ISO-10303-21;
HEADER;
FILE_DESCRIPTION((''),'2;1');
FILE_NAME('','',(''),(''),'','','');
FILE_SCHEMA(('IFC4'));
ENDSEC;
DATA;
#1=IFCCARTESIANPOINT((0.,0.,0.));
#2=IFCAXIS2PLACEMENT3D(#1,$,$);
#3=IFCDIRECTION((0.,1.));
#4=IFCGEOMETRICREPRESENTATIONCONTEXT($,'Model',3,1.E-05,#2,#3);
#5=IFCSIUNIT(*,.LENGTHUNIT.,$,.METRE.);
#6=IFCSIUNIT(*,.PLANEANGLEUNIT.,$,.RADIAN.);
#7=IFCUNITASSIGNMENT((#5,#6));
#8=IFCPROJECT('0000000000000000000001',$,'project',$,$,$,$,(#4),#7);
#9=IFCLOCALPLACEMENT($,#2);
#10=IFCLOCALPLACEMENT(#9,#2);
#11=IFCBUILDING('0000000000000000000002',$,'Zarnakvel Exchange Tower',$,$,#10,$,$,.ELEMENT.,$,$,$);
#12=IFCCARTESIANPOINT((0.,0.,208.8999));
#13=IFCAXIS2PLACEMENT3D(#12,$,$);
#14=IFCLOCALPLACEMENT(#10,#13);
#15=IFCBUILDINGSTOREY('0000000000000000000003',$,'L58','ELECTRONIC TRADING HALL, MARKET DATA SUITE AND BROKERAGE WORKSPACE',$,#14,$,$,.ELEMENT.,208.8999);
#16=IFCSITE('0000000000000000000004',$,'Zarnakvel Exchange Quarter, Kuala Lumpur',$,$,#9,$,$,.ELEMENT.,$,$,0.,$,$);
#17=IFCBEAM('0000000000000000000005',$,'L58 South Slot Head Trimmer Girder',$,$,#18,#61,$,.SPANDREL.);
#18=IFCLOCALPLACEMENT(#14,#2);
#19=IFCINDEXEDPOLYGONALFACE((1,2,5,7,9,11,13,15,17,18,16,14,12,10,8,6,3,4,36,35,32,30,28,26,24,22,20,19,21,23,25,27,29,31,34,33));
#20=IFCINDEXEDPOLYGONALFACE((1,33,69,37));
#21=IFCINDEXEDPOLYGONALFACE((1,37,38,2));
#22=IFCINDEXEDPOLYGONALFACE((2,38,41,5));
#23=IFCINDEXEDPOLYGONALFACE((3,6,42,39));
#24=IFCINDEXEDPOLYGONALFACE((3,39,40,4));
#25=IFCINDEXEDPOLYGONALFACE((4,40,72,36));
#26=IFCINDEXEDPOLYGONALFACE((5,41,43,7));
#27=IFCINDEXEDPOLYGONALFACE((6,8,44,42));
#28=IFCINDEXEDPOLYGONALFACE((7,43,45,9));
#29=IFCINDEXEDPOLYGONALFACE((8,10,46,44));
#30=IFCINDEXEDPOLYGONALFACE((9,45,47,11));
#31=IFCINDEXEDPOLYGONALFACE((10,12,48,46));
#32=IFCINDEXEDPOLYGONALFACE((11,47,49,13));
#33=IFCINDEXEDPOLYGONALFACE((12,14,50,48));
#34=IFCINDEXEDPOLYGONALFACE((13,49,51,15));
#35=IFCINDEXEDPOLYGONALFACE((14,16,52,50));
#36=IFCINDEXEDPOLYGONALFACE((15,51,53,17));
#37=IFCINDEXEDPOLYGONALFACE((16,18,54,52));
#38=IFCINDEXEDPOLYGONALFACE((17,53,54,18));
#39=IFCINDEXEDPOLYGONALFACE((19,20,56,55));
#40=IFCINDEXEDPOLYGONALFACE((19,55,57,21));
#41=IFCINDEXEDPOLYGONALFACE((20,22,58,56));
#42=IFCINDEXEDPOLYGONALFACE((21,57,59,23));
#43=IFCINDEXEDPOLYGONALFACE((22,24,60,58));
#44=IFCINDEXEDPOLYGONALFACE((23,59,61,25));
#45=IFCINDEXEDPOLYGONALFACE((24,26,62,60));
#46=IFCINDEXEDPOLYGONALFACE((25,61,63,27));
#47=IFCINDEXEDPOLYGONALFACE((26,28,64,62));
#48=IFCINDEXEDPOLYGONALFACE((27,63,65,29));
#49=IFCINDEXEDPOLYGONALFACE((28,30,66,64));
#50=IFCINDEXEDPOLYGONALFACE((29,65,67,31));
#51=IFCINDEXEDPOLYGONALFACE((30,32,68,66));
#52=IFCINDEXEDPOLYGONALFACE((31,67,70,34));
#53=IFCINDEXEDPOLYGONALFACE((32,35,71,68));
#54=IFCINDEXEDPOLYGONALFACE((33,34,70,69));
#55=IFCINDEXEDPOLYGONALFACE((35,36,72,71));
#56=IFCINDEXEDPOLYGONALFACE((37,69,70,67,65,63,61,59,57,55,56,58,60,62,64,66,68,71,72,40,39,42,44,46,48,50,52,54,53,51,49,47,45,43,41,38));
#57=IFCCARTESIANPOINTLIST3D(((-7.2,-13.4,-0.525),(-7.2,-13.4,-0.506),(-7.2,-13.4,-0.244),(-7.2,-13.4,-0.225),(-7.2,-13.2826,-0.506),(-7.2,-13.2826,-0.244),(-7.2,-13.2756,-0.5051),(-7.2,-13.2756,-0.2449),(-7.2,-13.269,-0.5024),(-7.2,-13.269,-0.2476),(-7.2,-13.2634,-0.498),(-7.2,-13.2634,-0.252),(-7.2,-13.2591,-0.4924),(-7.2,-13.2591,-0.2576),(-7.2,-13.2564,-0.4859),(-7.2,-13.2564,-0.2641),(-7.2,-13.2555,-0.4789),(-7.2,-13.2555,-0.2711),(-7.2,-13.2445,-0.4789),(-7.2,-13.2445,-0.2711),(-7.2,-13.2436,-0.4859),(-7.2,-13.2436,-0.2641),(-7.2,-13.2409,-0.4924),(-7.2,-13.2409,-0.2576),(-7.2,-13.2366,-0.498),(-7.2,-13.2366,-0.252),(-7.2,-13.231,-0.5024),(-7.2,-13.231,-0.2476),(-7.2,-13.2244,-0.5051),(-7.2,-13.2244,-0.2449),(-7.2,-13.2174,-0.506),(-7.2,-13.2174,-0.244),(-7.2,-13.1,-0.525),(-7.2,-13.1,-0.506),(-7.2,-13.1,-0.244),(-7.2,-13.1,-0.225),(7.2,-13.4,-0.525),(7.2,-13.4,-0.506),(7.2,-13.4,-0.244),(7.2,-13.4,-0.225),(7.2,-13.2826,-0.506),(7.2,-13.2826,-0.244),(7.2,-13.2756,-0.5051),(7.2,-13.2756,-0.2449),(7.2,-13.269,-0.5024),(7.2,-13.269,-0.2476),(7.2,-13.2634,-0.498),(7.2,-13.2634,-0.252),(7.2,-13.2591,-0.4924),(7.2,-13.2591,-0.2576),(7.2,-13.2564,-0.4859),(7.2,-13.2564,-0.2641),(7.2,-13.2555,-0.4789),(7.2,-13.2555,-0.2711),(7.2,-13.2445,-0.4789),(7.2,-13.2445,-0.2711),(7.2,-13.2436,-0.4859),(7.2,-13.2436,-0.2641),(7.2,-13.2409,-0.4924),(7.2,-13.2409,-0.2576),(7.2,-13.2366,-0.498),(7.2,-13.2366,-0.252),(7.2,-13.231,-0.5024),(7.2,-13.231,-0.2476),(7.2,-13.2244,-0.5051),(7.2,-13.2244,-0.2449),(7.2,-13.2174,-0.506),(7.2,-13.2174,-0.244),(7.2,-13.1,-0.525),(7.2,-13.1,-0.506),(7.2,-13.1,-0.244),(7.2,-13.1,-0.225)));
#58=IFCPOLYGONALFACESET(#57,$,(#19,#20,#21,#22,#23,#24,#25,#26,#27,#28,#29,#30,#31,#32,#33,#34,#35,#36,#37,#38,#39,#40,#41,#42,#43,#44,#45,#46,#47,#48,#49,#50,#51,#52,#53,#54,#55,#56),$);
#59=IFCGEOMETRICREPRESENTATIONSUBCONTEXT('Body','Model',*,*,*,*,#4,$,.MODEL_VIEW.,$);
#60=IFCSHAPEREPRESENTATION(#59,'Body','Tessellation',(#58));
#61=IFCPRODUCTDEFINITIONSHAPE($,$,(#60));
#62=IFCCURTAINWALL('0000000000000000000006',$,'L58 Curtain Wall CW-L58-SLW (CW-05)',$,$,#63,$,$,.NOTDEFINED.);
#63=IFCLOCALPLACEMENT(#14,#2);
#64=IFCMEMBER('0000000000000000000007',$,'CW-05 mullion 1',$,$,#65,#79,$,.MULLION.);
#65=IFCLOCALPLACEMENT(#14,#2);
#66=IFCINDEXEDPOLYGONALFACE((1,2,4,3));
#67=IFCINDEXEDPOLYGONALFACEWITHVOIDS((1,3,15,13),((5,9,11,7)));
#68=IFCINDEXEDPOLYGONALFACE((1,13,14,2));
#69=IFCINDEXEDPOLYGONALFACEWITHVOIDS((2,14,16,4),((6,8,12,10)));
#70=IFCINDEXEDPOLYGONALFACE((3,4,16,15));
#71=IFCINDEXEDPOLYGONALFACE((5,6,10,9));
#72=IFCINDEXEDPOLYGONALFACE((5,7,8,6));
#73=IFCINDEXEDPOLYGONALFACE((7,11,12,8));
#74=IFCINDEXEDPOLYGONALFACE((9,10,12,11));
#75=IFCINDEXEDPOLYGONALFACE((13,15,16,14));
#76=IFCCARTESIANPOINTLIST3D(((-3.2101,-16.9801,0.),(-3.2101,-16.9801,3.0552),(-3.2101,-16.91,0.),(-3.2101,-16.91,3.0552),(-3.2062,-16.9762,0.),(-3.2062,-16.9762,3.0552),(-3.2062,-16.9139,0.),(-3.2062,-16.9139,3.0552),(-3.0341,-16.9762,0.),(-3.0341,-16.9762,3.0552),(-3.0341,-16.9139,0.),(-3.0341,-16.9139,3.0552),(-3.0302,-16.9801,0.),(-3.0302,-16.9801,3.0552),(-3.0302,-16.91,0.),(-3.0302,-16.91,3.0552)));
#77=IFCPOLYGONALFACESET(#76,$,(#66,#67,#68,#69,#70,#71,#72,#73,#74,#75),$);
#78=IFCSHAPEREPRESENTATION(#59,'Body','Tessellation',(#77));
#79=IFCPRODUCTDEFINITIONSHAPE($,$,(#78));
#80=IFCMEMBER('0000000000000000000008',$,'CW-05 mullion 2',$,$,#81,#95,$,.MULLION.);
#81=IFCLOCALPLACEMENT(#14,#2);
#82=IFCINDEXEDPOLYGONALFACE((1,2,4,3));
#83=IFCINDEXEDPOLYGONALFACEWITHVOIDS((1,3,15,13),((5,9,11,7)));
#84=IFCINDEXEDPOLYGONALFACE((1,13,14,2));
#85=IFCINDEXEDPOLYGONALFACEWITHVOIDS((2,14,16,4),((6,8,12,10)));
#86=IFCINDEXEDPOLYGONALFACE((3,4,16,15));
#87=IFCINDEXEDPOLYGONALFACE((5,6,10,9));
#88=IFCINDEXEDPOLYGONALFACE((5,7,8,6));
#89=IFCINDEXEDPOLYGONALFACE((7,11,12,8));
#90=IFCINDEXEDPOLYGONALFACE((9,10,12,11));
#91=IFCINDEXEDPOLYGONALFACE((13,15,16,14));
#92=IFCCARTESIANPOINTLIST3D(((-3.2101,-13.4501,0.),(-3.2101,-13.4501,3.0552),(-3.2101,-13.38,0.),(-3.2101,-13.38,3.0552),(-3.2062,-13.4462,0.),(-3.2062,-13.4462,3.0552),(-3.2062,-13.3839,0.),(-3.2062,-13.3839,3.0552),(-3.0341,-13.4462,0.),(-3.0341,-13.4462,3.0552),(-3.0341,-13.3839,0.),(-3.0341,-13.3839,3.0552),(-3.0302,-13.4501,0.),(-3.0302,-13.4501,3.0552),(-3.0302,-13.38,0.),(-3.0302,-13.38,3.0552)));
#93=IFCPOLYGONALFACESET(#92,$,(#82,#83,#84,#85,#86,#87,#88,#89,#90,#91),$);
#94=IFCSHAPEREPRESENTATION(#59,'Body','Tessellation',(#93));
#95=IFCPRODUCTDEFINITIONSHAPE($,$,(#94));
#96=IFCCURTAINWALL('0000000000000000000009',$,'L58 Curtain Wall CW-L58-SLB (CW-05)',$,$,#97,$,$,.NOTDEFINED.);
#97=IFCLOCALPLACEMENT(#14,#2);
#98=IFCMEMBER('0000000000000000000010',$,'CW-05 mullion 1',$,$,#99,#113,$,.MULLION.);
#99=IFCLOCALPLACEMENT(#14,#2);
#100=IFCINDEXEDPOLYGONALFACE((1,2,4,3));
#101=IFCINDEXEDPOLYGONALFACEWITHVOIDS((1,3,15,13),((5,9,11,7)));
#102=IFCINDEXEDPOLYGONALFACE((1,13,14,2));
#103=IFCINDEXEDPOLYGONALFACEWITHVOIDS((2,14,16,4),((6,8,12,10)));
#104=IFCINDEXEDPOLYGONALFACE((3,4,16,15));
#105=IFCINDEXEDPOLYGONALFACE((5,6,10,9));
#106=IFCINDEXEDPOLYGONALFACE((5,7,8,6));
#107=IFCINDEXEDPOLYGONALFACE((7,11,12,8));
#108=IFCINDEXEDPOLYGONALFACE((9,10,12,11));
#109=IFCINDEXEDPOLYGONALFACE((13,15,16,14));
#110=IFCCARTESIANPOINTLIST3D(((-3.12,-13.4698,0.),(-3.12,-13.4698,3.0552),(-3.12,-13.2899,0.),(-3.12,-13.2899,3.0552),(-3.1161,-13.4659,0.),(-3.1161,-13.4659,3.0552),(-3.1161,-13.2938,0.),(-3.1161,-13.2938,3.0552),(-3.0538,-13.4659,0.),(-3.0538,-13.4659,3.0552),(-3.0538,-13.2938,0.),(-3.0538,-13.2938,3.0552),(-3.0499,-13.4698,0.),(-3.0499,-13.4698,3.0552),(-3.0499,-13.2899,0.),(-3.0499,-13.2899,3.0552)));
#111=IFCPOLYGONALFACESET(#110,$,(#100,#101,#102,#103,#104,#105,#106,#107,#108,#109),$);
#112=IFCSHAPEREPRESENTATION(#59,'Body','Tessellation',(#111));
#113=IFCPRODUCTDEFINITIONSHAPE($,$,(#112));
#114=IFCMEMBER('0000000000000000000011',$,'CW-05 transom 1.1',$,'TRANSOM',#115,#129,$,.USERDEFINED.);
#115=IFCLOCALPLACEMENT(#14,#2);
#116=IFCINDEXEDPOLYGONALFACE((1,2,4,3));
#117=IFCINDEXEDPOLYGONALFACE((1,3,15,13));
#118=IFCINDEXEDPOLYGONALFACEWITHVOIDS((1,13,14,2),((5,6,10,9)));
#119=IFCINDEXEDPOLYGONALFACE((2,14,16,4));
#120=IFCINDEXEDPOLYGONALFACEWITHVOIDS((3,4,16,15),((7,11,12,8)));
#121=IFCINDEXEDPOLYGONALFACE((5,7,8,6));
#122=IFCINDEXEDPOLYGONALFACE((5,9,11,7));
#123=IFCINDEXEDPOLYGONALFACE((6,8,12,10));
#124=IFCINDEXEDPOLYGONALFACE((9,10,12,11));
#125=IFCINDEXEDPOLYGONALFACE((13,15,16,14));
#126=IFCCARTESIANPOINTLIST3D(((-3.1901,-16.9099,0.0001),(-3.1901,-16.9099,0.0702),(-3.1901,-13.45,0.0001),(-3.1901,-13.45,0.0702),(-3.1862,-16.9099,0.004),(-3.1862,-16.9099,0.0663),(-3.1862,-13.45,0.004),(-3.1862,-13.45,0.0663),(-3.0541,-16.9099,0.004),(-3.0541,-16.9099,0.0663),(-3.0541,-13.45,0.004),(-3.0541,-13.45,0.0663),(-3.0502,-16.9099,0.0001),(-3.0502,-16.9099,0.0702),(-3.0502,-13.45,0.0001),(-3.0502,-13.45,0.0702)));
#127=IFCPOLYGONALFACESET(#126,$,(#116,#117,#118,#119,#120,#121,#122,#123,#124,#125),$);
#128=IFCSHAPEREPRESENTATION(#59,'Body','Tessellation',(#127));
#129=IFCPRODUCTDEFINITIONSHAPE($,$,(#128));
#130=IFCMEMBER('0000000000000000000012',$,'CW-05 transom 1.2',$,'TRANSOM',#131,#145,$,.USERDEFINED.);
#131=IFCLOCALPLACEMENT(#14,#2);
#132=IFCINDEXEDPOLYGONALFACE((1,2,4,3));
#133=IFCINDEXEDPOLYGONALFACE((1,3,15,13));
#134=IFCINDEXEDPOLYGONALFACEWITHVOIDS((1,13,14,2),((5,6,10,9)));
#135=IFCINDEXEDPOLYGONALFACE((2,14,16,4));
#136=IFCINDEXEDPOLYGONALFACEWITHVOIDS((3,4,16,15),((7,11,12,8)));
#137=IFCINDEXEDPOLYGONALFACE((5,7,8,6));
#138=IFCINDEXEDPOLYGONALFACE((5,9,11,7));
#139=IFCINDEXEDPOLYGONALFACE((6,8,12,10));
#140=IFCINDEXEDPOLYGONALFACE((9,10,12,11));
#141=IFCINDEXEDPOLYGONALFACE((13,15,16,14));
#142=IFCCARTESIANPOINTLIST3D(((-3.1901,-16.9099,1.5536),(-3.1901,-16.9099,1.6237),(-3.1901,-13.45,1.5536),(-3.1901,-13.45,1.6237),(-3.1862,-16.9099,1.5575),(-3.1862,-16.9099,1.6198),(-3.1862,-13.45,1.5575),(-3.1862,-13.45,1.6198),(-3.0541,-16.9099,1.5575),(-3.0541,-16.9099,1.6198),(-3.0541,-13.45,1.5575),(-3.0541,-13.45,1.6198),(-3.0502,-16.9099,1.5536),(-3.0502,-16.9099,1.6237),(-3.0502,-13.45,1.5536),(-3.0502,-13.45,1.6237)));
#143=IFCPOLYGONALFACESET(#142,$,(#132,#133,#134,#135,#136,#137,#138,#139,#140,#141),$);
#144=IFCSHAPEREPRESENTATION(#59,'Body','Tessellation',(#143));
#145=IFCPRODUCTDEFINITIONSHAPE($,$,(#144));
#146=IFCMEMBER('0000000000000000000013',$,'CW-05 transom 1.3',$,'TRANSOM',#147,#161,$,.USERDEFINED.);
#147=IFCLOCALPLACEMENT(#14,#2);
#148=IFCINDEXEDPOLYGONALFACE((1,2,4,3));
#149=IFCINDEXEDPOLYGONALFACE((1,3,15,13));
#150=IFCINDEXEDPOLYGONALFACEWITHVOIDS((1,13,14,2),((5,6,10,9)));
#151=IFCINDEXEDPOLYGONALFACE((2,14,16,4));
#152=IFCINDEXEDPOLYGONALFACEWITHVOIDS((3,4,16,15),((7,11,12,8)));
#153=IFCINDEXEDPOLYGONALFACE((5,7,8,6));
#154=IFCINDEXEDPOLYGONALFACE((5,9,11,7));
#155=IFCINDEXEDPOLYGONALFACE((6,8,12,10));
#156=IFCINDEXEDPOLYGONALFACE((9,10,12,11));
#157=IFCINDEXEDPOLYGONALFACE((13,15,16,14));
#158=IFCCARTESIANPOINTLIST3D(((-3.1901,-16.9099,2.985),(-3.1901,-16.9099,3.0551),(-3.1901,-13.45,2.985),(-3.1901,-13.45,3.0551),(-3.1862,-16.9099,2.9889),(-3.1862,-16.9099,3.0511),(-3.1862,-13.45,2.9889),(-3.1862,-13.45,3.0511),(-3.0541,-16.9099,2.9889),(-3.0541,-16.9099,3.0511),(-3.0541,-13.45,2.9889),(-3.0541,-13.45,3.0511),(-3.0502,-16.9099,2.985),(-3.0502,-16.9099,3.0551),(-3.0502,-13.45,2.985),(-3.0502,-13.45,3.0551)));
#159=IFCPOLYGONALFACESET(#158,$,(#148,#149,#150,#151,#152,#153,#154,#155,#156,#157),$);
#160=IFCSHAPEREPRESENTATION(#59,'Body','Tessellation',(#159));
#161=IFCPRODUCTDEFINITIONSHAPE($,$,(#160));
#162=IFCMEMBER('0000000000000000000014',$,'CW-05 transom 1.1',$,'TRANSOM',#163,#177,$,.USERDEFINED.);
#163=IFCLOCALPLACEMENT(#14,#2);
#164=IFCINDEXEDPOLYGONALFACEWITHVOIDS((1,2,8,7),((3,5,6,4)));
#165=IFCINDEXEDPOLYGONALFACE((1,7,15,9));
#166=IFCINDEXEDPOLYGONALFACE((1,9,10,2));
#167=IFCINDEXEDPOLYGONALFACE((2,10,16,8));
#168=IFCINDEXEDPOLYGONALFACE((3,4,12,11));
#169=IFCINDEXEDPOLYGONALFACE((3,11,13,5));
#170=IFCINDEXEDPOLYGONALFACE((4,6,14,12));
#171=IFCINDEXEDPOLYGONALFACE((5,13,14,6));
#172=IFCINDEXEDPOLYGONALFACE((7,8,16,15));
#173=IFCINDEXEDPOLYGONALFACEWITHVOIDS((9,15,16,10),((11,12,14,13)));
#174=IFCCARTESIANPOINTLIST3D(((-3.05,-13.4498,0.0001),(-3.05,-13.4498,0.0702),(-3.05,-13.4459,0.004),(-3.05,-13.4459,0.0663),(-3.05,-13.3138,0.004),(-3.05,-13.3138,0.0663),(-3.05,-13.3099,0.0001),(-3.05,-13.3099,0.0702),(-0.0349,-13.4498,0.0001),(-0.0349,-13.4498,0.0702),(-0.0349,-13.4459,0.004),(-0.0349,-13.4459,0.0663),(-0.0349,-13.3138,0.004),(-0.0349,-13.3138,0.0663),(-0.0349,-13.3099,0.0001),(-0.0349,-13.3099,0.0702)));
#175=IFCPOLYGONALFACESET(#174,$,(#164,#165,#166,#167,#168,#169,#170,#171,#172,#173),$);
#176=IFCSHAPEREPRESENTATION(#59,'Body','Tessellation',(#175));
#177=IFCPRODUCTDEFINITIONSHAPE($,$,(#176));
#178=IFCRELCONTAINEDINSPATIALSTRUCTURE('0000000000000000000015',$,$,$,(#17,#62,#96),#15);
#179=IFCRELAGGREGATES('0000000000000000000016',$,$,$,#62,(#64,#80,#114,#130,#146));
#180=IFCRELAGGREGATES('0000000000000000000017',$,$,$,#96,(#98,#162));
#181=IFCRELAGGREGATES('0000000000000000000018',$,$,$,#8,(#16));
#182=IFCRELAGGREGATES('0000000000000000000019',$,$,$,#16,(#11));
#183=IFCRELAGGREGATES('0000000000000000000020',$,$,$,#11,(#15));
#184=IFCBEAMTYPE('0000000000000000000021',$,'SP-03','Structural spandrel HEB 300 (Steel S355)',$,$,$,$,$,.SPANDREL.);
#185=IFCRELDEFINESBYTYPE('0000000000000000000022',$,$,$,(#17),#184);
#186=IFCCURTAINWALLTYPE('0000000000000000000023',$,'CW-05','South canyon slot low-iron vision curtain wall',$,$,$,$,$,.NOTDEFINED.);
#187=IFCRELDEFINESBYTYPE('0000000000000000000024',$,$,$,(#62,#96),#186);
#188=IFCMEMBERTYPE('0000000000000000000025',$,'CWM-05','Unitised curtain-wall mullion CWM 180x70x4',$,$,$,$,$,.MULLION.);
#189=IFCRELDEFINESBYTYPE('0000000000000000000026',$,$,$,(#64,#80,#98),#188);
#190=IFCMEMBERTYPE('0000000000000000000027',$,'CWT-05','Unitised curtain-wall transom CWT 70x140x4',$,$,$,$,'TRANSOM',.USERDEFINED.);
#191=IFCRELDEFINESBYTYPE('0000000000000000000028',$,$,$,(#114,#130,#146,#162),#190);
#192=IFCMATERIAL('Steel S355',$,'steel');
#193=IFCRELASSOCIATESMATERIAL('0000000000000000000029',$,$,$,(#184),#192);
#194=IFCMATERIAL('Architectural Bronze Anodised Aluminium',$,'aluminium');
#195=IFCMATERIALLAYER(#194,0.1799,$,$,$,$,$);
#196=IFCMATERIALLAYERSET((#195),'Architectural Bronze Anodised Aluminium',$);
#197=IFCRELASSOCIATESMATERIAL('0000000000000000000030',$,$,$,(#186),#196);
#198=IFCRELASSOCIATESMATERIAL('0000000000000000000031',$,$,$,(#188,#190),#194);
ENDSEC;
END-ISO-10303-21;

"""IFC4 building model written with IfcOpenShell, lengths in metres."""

from ifc_helpers import new_model, si_unit, direction, frame, origin, origin_2d, place, context, subcontext, project, spatial, hollow_rectangle, i_section, extrude, source, transform, mapped, material, layer, layer_set, material_profile, profile_set, type_object, element, aggregate, save


model = new_model("IFC4")

# Units and contexts
model_context = context("Model", 3, precision=1e-05, world=origin(), true_north=direction((0.0, 1.0)))
body_context = subcontext(model_context, "Body", "Model", "MODEL_VIEW")
ifc_project = project(units=[si_unit("LENGTHUNIT", "METRE"), si_unit("PLANEANGLEUNIT", "RADIAN")], contexts=[model_context])

# Site, building, storey
site_placement = place(None, origin())
site = spatial("IfcSite", under=ifc_project, at=site_placement, Name="Zarnakvel Exchange Quarter, Kuala Lumpur", CompositionType="ELEMENT", RefElevation=0.0)
building_placement = place(site_placement, origin())
building = spatial("IfcBuilding", under=site, at=building_placement, Name="Zarnakvel Exchange Tower", CompositionType="ELEMENT")
storey_placement = place(building_placement, frame((0.0, 0.0, 208.8999)))
storey = spatial("IfcBuildingStorey", under=building, at=storey_placement, Name="L58", Description="ELECTRONIC TRADING HALL, MARKET DATA SUITE AND BROKERAGE WORKSPACE", CompositionType="ELEMENT", Elevation=208.8999)

# Beam
ifc_material_1 = material(Name="Steel S355", Category="steel")
ifc_material_profile_1 = material_profile(ifc_material_1, i_section(OverallWidth=0.3, OverallDepth=0.3, WebThickness=0.011, FlangeThickness=0.019, FilletRadius=0.0271, at=origin_2d()))
ifc_profile_set_1 = profile_set([ifc_material_profile_1], Name="Steel S355")
beam_type_1 = type_object("IfcBeamType", Name="SP-03", Description="Structural spandrel HEB 300 (Steel S355)", PredefinedType="SPANDREL", material=ifc_profile_set_1)
beam_1_placement = place(storey_placement, frame((-7.2, -13.25, -0.375), z_axis=(1.0, 0.0, 0.0), x_axis=(0.0, 1.0, 0.0)))
element("IfcBeam", 1, at=beam_1_placement, inside=storey, type_object=beam_type_1, Name="L58 South Slot Head Trimmer Girder", PredefinedType="SPANDREL", context=body_context, shape_type="SweptSolid", body=[
    extrude(i_section(OverallWidth=0.3, OverallDepth=0.3, WebThickness=0.011, FlangeThickness=0.019, FilletRadius=0.0271, at=origin_2d()), origin(), (0.0, 0.0, 1.0), 14.3999),
])

# Curtain wall, members
ifc_material_2 = material(Name="Architectural Bronze Anodised Aluminium", Category="aluminium")
ifc_layer_1 = layer(ifc_material_2, 0.1799)
ifc_layer_set_1 = layer_set([ifc_layer_1], Name="Architectural Bronze Anodised Aluminium")
curtain_wall_type = type_object("IfcCurtainWallType", Name="CW-05", Description="South canyon slot low-iron vision curtain wall", PredefinedType="NOTDEFINED", material=ifc_layer_set_1)
curtain_wall_1_placement = place(storey_placement, origin())
curtain_wall_1 = element("IfcCurtainWall", 2, at=curtain_wall_1_placement, inside=storey, type_object=curtain_wall_type, Name="L58 Curtain Wall CW-L58-SLW (CW-05)", PredefinedType="NOTDEFINED")
ifc_material_profile_2 = material_profile(ifc_material_2, hollow_rectangle(XDim=0.1799, YDim=0.0701, WallThickness=0.0039, at=origin_2d()))
ifc_profile_set_2 = profile_set([ifc_material_profile_2], Name="Architectural Bronze Anodised Aluminium")
member_type_1 = type_object("IfcMemberType", Name="CWM-05", Description="Unitised curtain-wall mullion CWM 180x70x4", PredefinedType="MULLION", material=ifc_profile_set_2)
shared_shape_1 = source(origin(), body_context, "Body", "SweptSolid", [
    extrude(hollow_rectangle(XDim=0.1799, YDim=0.0701, WallThickness=0.0039, at=origin_2d()), origin(), (0.0, 0.0, 1.0), 3.0552),
])
member_1_placement = place(storey_placement, frame((-3.1201, -16.9451, 0.0), z_axis=(0.0, 0.0, 1.0), x_axis=(-1.0, 0.0, 0.0)))
member_1 = element("IfcMember", 3, at=member_1_placement, type_object=member_type_1, Name="CW-05 mullion 1", PredefinedType="MULLION", context=body_context, shape_type="MappedRepresentation", body=[
    mapped(shared_shape_1, transform((0.0, 0.0, 0.0), x_axis=(1.0, 0.0, 0.0), y_axis=(0.0, 1.0, 0.0), z_axis=(0.0, 0.0, 1.0), scale=1.0)),
])
member_2_placement = place(storey_placement, frame((-3.1201, -13.415, 0.0), z_axis=(0.0, 0.0, 1.0), x_axis=(-1.0, 0.0, 0.0)))
member_2 = element("IfcMember", 4, at=member_2_placement, type_object=member_type_1, Name="CW-05 mullion 2", PredefinedType="MULLION", context=body_context, shape_type="MappedRepresentation", body=[
    mapped(shared_shape_1, transform((0.0, 0.0, 0.0), x_axis=(1.0, 0.0, 0.0), y_axis=(0.0, 1.0, 0.0), z_axis=(0.0, 0.0, 1.0), scale=1.0)),
])

# Curtain wall, member
curtain_wall_2_placement = place(storey_placement, origin())
curtain_wall_2 = element("IfcCurtainWall", 5, at=curtain_wall_2_placement, inside=storey, type_object=curtain_wall_type, Name="L58 Curtain Wall CW-L58-SLB (CW-05)", PredefinedType="NOTDEFINED")
member_3_placement = place(storey_placement, frame((-3.085, -13.3799, 0.0), z_axis=(0.0, 0.0, 1.0), x_axis=(0.0, 1.0, 0.0)))
member_3 = element("IfcMember", 6, at=member_3_placement, type_object=member_type_1, Name="CW-05 mullion 1", PredefinedType="MULLION", context=body_context, shape_type="MappedRepresentation", body=[
    mapped(shared_shape_1, transform((0.0, 0.0, 0.0), x_axis=(1.0, 0.0, 0.0), y_axis=(0.0, 1.0, 0.0), z_axis=(0.0, 0.0, 1.0), scale=1.0)),
])

# Members
ifc_material_profile_3 = material_profile(ifc_material_2, hollow_rectangle(XDim=0.1399, YDim=0.0701, WallThickness=0.0039, at=origin_2d()))
ifc_profile_set_3 = profile_set([ifc_material_profile_3], Name="Architectural Bronze Anodised Aluminium")
member_type_2 = type_object("IfcMemberType", Name="CWT-05", Description="Unitised curtain-wall transom CWT 70x140x4", ElementType="TRANSOM", PredefinedType="USERDEFINED", material=ifc_profile_set_3)
shared_shape_2 = source(origin(), body_context, "Body", "SweptSolid", [
    extrude(hollow_rectangle(XDim=0.1399, YDim=0.0701, WallThickness=0.0039, at=origin_2d()), origin(), (0.0, 0.0, 1.0), 3.46),
])
member_4_placement = place(storey_placement, frame((-3.1201, -16.9099, 0.0352), z_axis=(0.0, 1.0, 0.0), x_axis=(-1.0, 0.0, 0.0)))
member_4 = element("IfcMember", 7, at=member_4_placement, type_object=member_type_2, Name="CW-05 transom 1.1", ObjectType="TRANSOM", PredefinedType="USERDEFINED", context=body_context, shape_type="MappedRepresentation", body=[
    mapped(shared_shape_2, transform((0.0, 0.0, 0.0), x_axis=(1.0, 0.0, 0.0), y_axis=(0.0, 1.0, 0.0), z_axis=(0.0, 0.0, 1.0), scale=1.0)),
])
member_5_placement = place(storey_placement, frame((-3.1201, -16.9099, 1.5886), z_axis=(0.0, 1.0, 0.0), x_axis=(-1.0, 0.0, 0.0)))
member_5 = element("IfcMember", 8, at=member_5_placement, type_object=member_type_2, Name="CW-05 transom 1.2", ObjectType="TRANSOM", PredefinedType="USERDEFINED", context=body_context, shape_type="MappedRepresentation", body=[
    mapped(shared_shape_2, transform((0.0, 0.0, 0.0), x_axis=(1.0, 0.0, 0.0), y_axis=(0.0, 1.0, 0.0), z_axis=(0.0, 0.0, 1.0), scale=1.0)),
])
member_6_placement = place(storey_placement, frame((-3.1201, -16.9099, 3.02), z_axis=(0.0, 1.0, 0.0), x_axis=(-1.0, 0.0, 0.0)))
member_6 = element("IfcMember", 9, at=member_6_placement, type_object=member_type_2, Name="CW-05 transom 1.3", ObjectType="TRANSOM", PredefinedType="USERDEFINED", context=body_context, shape_type="MappedRepresentation", body=[
    mapped(shared_shape_2, transform((0.0, 0.0, 0.0), x_axis=(1.0, 0.0, 0.0), y_axis=(0.0, 1.0, 0.0), z_axis=(0.0, 0.0, 1.0), scale=1.0)),
])
shared_shape_3 = source(origin(), body_context, "Body", "SweptSolid", [
    extrude(hollow_rectangle(XDim=0.1399, YDim=0.0701, WallThickness=0.0039, at=origin_2d()), origin(), (0.0, 0.0, 1.0), 3.0151),
])
member_7_placement = place(storey_placement, frame((-3.05, -13.3799, 0.0352), z_axis=(1.0, 0.0, 0.0), x_axis=(0.0, 1.0, 0.0)))
member_7 = element("IfcMember", 10, at=member_7_placement, type_object=member_type_2, Name="CW-05 transom 1.1", ObjectType="TRANSOM", PredefinedType="USERDEFINED", context=body_context, shape_type="MappedRepresentation", body=[
    mapped(shared_shape_3, transform((0.0, 0.0, 0.0), x_axis=(1.0, 0.0, 0.0), y_axis=(0.0, 1.0, 0.0), z_axis=(0.0, 0.0, 1.0), scale=1.0)),
])

aggregate(curtain_wall_1, [member_1, member_2, member_4, member_5, member_6])
aggregate(curtain_wall_2, [member_3, member_7])

save(model, "model.ifc")
